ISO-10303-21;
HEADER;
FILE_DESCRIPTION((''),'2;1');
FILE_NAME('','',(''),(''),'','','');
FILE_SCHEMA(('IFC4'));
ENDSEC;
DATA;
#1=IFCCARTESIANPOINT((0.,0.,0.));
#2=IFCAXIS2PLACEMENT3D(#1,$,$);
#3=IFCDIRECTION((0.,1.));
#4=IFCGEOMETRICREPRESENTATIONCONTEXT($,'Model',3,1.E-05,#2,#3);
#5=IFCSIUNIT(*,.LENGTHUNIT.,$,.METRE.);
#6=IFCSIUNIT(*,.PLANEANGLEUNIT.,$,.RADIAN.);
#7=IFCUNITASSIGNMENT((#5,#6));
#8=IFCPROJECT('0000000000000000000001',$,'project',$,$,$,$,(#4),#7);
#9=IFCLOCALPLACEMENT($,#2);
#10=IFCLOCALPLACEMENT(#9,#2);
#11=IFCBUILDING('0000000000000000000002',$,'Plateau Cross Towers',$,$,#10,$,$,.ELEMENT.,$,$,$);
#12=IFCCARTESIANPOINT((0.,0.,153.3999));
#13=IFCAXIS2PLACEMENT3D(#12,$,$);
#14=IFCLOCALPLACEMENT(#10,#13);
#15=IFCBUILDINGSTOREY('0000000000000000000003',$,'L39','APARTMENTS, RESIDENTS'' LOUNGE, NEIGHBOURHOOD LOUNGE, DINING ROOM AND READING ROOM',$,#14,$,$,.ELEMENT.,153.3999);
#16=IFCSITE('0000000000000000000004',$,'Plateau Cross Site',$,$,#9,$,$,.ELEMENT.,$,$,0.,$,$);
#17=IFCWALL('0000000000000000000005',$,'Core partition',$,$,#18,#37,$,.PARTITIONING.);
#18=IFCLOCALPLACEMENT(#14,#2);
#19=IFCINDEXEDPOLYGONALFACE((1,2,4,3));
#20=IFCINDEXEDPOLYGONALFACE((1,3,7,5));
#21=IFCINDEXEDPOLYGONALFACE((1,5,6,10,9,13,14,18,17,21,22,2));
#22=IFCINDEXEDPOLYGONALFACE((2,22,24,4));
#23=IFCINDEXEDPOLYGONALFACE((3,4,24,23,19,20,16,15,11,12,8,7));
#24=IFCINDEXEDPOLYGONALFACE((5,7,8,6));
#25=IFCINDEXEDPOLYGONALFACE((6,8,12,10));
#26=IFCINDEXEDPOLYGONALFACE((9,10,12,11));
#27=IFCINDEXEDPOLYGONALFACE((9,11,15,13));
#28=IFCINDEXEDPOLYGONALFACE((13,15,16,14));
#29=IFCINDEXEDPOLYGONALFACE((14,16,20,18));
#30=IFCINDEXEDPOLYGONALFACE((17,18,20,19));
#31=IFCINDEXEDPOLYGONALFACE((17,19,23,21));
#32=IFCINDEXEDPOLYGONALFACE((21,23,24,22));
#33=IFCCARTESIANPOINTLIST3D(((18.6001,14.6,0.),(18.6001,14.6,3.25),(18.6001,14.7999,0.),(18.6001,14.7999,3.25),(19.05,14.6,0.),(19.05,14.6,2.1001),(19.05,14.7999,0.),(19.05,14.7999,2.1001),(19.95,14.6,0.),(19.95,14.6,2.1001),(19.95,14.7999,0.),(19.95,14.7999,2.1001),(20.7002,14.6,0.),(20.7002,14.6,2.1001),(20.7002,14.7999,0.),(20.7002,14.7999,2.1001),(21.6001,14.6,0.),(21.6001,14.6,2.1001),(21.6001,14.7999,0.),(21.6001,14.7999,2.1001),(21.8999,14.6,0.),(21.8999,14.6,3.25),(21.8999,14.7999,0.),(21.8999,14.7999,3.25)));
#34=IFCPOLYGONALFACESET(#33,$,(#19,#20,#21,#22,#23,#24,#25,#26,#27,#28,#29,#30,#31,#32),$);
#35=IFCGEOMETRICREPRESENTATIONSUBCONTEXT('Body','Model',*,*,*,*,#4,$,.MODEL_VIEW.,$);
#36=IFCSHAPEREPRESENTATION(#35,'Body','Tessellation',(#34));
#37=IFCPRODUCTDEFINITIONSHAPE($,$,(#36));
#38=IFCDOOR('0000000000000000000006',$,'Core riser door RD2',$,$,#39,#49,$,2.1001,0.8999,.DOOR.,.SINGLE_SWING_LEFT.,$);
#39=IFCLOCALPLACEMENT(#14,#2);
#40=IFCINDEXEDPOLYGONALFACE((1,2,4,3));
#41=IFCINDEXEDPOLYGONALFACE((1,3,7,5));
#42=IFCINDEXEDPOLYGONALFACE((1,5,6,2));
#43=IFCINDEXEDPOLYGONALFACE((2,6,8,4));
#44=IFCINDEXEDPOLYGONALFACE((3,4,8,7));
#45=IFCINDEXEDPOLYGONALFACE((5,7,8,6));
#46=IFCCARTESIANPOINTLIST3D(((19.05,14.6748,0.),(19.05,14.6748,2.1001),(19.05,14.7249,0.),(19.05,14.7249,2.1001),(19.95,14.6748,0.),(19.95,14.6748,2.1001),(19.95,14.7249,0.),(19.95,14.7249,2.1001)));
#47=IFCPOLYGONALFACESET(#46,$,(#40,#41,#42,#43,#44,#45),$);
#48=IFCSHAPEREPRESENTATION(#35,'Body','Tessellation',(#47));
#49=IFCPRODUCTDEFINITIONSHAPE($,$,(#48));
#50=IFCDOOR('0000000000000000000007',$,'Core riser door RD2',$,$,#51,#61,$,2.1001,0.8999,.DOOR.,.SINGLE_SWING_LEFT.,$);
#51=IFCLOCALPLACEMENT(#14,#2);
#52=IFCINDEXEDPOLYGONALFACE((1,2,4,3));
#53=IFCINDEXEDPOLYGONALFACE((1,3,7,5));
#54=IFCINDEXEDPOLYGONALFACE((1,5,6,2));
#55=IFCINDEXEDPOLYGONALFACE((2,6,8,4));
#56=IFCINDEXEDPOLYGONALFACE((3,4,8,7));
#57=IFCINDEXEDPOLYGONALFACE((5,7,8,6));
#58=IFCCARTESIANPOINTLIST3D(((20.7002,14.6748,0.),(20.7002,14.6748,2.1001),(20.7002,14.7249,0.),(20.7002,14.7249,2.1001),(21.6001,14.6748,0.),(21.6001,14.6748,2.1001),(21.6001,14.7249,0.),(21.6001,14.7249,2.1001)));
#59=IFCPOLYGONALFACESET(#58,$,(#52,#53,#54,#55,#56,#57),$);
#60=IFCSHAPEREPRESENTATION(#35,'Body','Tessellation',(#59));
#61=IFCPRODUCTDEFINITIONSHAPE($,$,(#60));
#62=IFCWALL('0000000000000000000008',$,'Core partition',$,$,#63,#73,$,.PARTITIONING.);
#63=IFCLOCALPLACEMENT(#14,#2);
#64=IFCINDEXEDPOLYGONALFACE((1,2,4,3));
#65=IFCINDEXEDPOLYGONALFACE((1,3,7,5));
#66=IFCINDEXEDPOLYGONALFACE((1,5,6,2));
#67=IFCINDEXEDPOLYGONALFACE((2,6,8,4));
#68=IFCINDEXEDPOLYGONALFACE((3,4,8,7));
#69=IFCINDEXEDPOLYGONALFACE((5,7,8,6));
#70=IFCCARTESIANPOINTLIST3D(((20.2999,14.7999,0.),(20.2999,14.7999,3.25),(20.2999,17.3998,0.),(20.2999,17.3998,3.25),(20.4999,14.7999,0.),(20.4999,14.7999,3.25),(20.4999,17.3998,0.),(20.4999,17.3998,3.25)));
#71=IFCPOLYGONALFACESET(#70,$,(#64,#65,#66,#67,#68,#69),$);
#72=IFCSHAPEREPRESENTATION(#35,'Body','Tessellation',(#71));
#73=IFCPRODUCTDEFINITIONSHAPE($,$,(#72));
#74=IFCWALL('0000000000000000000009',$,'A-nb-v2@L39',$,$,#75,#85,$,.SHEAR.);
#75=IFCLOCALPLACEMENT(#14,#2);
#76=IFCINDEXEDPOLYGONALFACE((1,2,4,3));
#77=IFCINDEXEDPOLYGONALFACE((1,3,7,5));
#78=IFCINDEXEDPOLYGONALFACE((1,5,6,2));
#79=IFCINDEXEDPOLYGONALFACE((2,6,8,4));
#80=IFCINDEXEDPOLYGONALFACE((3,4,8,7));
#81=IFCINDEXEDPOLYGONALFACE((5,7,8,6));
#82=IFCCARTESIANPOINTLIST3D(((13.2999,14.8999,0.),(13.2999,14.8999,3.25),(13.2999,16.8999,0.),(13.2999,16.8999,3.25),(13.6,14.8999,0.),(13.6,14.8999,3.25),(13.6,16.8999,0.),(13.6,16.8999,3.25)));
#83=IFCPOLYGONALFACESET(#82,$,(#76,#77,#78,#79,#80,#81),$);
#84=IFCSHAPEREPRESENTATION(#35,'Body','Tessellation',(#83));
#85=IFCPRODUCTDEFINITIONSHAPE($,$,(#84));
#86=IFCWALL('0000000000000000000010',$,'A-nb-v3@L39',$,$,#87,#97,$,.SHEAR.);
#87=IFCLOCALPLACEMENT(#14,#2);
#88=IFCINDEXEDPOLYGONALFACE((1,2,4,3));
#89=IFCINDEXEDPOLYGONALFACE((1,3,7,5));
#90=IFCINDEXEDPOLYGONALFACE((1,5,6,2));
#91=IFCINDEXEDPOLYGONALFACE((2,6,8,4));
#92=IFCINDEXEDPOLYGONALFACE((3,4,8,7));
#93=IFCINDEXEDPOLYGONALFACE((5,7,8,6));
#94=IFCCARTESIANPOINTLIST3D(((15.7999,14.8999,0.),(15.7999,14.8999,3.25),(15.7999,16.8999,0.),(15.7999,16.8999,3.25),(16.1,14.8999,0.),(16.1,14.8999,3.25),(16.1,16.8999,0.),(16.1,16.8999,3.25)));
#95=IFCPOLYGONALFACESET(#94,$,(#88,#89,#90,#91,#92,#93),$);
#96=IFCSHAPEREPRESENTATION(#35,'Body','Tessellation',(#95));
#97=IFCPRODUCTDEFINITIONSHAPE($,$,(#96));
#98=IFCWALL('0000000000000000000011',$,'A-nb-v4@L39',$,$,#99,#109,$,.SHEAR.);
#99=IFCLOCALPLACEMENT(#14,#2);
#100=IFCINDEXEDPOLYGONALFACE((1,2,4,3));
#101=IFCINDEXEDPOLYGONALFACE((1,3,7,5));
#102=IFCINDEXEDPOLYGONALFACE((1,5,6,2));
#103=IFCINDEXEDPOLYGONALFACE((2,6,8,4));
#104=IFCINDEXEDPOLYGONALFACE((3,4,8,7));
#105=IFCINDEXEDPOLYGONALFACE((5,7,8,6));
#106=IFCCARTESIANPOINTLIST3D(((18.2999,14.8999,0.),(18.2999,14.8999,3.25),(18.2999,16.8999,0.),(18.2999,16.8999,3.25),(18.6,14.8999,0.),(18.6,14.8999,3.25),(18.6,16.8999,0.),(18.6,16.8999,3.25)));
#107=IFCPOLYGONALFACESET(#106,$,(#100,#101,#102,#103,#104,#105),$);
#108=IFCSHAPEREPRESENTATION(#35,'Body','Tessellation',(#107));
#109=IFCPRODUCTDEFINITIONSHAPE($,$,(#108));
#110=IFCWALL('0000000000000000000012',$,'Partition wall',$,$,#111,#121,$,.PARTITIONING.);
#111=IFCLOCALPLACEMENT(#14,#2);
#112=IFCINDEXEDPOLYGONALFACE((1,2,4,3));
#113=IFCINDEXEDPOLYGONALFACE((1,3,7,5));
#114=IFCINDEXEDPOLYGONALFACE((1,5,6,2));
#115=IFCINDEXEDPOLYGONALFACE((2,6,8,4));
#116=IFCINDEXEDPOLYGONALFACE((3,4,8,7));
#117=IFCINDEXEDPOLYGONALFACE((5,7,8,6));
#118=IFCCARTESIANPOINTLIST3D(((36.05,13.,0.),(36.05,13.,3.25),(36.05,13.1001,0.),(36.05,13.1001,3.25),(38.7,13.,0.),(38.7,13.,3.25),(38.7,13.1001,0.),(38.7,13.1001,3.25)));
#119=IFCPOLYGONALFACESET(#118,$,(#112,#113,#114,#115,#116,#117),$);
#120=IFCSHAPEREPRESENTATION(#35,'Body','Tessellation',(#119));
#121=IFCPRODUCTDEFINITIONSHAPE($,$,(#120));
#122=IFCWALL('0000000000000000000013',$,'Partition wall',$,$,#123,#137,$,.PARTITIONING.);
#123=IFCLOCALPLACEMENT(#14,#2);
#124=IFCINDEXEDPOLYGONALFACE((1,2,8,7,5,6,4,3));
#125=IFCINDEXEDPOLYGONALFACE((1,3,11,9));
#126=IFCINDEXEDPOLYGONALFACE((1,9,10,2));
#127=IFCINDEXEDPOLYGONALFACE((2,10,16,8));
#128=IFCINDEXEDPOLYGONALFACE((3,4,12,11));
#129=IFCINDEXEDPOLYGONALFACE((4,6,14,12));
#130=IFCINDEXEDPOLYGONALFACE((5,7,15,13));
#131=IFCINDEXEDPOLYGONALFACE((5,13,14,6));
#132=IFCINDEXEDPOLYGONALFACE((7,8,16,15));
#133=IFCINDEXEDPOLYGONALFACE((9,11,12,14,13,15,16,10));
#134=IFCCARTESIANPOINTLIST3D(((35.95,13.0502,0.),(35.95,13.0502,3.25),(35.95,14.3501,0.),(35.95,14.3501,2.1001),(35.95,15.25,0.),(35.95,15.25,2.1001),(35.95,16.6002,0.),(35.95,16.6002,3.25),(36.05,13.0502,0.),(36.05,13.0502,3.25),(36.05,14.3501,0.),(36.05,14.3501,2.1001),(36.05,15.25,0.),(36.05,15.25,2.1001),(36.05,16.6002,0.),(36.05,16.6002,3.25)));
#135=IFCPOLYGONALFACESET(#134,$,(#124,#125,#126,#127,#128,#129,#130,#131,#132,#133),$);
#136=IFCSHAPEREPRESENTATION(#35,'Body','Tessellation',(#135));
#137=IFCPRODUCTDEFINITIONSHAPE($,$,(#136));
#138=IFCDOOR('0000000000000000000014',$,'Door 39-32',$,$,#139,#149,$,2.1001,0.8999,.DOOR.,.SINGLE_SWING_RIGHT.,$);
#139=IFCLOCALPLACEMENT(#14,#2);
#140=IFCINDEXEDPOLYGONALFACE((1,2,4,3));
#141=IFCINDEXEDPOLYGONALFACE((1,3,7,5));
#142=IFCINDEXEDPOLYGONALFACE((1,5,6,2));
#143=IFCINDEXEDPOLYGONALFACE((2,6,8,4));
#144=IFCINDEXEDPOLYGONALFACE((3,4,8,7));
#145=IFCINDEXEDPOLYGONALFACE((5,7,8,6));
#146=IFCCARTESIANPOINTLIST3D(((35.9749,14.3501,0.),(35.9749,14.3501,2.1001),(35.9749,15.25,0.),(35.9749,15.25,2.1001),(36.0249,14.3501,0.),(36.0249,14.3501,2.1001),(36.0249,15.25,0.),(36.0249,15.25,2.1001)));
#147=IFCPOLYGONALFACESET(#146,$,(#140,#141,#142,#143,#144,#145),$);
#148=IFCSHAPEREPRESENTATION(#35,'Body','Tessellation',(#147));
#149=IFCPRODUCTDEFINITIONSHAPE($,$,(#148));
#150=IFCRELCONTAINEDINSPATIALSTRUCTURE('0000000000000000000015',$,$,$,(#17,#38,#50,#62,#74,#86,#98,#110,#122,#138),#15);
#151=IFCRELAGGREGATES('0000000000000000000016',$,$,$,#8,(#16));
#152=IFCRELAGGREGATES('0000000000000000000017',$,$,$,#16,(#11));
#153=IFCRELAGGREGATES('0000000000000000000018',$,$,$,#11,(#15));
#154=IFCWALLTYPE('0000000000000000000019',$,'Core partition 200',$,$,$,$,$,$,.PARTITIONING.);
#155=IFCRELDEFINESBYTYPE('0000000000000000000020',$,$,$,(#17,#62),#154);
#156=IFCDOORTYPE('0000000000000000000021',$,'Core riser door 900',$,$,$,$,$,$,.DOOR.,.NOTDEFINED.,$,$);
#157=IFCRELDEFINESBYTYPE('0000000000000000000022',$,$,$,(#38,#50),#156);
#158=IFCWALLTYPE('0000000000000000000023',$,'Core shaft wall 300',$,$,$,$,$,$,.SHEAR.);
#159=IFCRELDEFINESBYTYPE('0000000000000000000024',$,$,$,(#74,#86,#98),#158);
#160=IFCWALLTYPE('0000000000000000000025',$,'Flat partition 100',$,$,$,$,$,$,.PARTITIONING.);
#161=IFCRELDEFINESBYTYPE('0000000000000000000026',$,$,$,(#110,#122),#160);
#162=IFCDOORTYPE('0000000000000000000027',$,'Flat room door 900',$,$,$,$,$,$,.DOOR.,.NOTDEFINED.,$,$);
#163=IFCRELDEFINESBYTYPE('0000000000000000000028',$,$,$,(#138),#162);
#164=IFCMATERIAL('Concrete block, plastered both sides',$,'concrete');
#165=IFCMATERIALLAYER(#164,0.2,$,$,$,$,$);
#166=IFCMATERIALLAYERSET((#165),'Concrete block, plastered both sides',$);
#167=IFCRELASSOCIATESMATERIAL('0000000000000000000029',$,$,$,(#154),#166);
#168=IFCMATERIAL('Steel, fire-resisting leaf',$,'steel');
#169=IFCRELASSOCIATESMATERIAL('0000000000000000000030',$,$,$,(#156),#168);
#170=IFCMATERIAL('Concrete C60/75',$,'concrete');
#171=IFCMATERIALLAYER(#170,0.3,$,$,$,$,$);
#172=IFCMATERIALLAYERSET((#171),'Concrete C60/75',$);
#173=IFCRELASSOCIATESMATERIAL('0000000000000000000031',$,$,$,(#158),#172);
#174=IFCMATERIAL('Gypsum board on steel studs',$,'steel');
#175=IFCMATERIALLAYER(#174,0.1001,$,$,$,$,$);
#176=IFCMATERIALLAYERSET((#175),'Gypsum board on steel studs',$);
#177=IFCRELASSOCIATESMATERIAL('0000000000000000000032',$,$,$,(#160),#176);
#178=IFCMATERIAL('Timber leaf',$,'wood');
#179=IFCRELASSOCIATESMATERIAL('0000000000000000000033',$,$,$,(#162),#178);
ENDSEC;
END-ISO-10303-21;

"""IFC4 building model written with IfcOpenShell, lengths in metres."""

from ifc_helpers import new_model, si_unit, direction, frame, frame_2d, origin, place, context, subcontext, project, spatial, rectangle, extrude, material, layer, layer_set, type_object, element, fill, save


model = new_model("IFC4")

# Units and contexts
model_context = context("Model", 3, precision=1e-05, world=origin(), true_north=direction((0.0, 1.0)))
body_context = subcontext(model_context, "Body", "Model", "MODEL_VIEW")
ifc_project = project(units=[si_unit("LENGTHUNIT", "METRE"), si_unit("PLANEANGLEUNIT", "RADIAN")], contexts=[model_context])

# Site, building, storey
site_placement = place(None, origin())
site = spatial("IfcSite", under=ifc_project, at=site_placement, Name="Plateau Cross Site", CompositionType="ELEMENT", RefElevation=0.0)
building_placement = place(site_placement, origin())
building = spatial("IfcBuilding", under=site, at=building_placement, Name="Plateau Cross Towers", CompositionType="ELEMENT")
storey_placement = place(building_placement, frame((0.0, 0.0, 153.3999)))
storey = spatial("IfcBuildingStorey", under=building, at=storey_placement, Name="L39", Description="APARTMENTS, RESIDENTS' LOUNGE, NEIGHBOURHOOD LOUNGE, DINING ROOM AND READING ROOM", CompositionType="ELEMENT", Elevation=153.3999)

# Shared definitions
ifc_material_1 = material(Name="Concrete C60/75", Category="concrete")

# Wall, openings, doors
ifc_material_2 = material(Name="Concrete block, plastered both sides", Category="concrete")
ifc_layer_1 = layer(ifc_material_2, 0.2)
ifc_layer_set_1 = layer_set([ifc_layer_1], Name="Concrete block, plastered both sides")
wall_type_1 = type_object("IfcWallType", Name="Core partition 200", PredefinedType="PARTITIONING", material=ifc_layer_set_1)
wall_1_placement = place(storey_placement, frame((18.6001, 14.7, 0.0), z_axis=(0.0, 0.0, 1.0), x_axis=(1.0, 0.0, 0.0)))
wall_1 = element("IfcWall", 1, at=wall_1_placement, inside=storey, type_object=wall_type_1, Name="Core partition", PredefinedType="PARTITIONING", context=body_context, shape_type="SweptSolid", body=[
    extrude(rectangle(XDim=3.2998, YDim=0.2, at=frame_2d((1.6499, 0.0))), origin(), (0.0, 0.0, 1.0), 3.25),
])
opening_1_placement = place(wall_1_placement, frame((0.45, 0.0, 0.0)))
opening_1 = element("IfcOpeningElement", 2, at=opening_1_placement, cuts=wall_1, PredefinedType="OPENING", context=body_context, shape_type="SweptSolid", body=[
    extrude(rectangle(XDim=0.8999, YDim=2.1001, at=frame_2d((0.45, 1.05))), frame((0.0, 0.1099, 0.0), z_axis=(0.0, -1.0, 0.0), x_axis=(1.0, 0.0, 0.0)), (0.0, 0.0, 1.0), 0.22),
])
opening_2_placement = place(wall_1_placement, frame((2.1001, 0.0, 0.0)))
opening_2 = element("IfcOpeningElement", 3, at=opening_2_placement, cuts=wall_1, PredefinedType="OPENING", context=body_context, shape_type="SweptSolid", body=[
    extrude(rectangle(XDim=0.8999, YDim=2.1001, at=frame_2d((0.45, 1.05))), frame((0.0, 0.1099, 0.0), z_axis=(0.0, -1.0, 0.0), x_axis=(1.0, 0.0, 0.0)), (0.0, 0.0, 1.0), 0.22),
])
ifc_material_3 = material(Name="Steel, fire-resisting leaf", Category="steel")
door_type_1 = type_object("IfcDoorType", Name="Core riser door 900", OperationType="NOTDEFINED", PredefinedType="DOOR", material=ifc_material_3)
door_1_placement = place(opening_1_placement, origin())
door_1 = element("IfcDoor", 4, at=door_1_placement, inside=storey, type_object=door_type_1, Name="Core riser door RD2", OperationType="SINGLE_SWING_LEFT", OverallHeight=2.1001, OverallWidth=0.8999, PredefinedType="DOOR", context=body_context, shape_type="SweptSolid", body=[
    extrude(rectangle(XDim=0.8999, YDim=2.1001, at=frame_2d((0.45, 1.05))), frame((0.0, 0.0249, 0.0), z_axis=(0.0, -1.0, 0.0), x_axis=(1.0, 0.0, 0.0)), (0.0, 0.0, 1.0), 0.05),
])
fill(opening_1, door_1)
door_2_placement = place(opening_2_placement, origin())
door_2 = element("IfcDoor", 5, at=door_2_placement, inside=storey, type_object=door_type_1, Name="Core riser door RD2", OperationType="SINGLE_SWING_LEFT", OverallHeight=2.1001, OverallWidth=0.8999, PredefinedType="DOOR", context=body_context, shape_type="SweptSolid", body=[
    extrude(rectangle(XDim=0.8999, YDim=2.1001, at=frame_2d((0.45, 1.05))), frame((0.0, 0.0249, 0.0), z_axis=(0.0, -1.0, 0.0), x_axis=(1.0, 0.0, 0.0)), (0.0, 0.0, 1.0), 0.05),
])
fill(opening_2, door_2)

# Walls
wall_2_placement = place(storey_placement, frame((20.3999, 14.8, 0.0), z_axis=(0.0, 0.0, 1.0), x_axis=(0.0, 1.0, 0.0)))
element("IfcWall", 6, at=wall_2_placement, inside=storey, type_object=wall_type_1, Name="Core partition", PredefinedType="PARTITIONING", context=body_context, shape_type="SweptSolid", body=[
    extrude(rectangle(XDim=2.5999, YDim=0.2, at=frame_2d((1.2998, 0.0))), origin(), (0.0, 0.0, 1.0), 3.25),
])
ifc_layer_2 = layer(ifc_material_1, 0.3)
ifc_layer_set_2 = layer_set([ifc_layer_2], Name="Concrete C60/75")
wall_type_2 = type_object("IfcWallType", Name="Core shaft wall 300", PredefinedType="SHEAR", material=ifc_layer_set_2)
for number, where, z_axis, x_axis, name in (
    (7, (13.45, 14.8999, 0.0), (0.0, 0.0, 1.0), (0.0, 1.0, 0.0), "A-nb-v2@L39"),
    (8, (15.95, 14.8999, 0.0), (0.0, 0.0, 1.0), (0.0, 1.0, 0.0), "A-nb-v3@L39"),
    (9, (18.45, 14.8999, 0.0), (0.0, 0.0, 1.0), (0.0, 1.0, 0.0), "A-nb-v4@L39"),
):
    element("IfcWall", number, at=place(storey_placement, frame(where, z_axis=z_axis, x_axis=x_axis)), inside=storey, type_object=wall_type_2, Name=name, PredefinedType="SHEAR", context=body_context, shape_type="SweptSolid", body=[
        extrude(rectangle(XDim=2.0, YDim=0.3, at=frame_2d((1.0, 0.0))), origin(), (0.0, 0.0, 1.0), 3.25),
    ])
ifc_material_4 = material(Name="Gypsum board on steel studs", Category="steel")
ifc_layer_3 = layer(ifc_material_4, 0.1001)
ifc_layer_set_3 = layer_set([ifc_layer_3], Name="Gypsum board on steel studs")
wall_type_3 = type_object("IfcWallType", Name="Flat partition 100", PredefinedType="PARTITIONING", material=ifc_layer_set_3)
wall_3_placement = place(storey_placement, frame((36.05, 13.05, 0.0), z_axis=(0.0, 0.0, 1.0), x_axis=(1.0, 0.0, 0.0)))
element("IfcWall", 10, at=wall_3_placement, inside=storey, type_object=wall_type_3, Name="Partition wall", PredefinedType="PARTITIONING", context=body_context, shape_type="SweptSolid", body=[
    extrude(rectangle(XDim=2.6499, YDim=0.1001, at=frame_2d((1.325, 0.0))), origin(), (0.0, 0.0, 1.0), 3.25),
])

# Wall, opening, door
wall_4_placement = place(storey_placement, frame((36.0, 16.6001, 0.0), z_axis=(0.0, 0.0, 1.0), x_axis=(0.0, -1.0, 0.0)))
wall_4 = element("IfcWall", 11, at=wall_4_placement, inside=storey, type_object=wall_type_3, Name="Partition wall", PredefinedType="PARTITIONING", context=body_context, shape_type="SweptSolid", body=[
    extrude(rectangle(XDim=3.55, YDim=0.1001, at=frame_2d((1.7749, 0.0))), origin(), (0.0, 0.0, 1.0), 3.25),
])
opening_3_placement = place(wall_4_placement, frame((1.3501, 0.0, 0.0)))
opening_3 = element("IfcOpeningElement", 12, at=opening_3_placement, cuts=wall_4, PredefinedType="OPENING", context=body_context, shape_type="SweptSolid", body=[
    extrude(rectangle(XDim=0.8999, YDim=2.1001, at=frame_2d((0.45, 1.05))), frame((0.0, 0.0601, 0.0), z_axis=(0.0, -1.0, 0.0), x_axis=(1.0, 0.0, 0.0)), (0.0, 0.0, 1.0), 0.1201),
])
ifc_material_5 = material(Name="Timber leaf", Category="wood")
door_type_2 = type_object("IfcDoorType", Name="Flat room door 900", OperationType="NOTDEFINED", PredefinedType="DOOR", material=ifc_material_5)
door_3_placement = place(opening_3_placement, origin())
door_3 = element("IfcDoor", 13, at=door_3_placement, inside=storey, type_object=door_type_2, Name="Door 39-32", OperationType="SINGLE_SWING_RIGHT", OverallHeight=2.1001, OverallWidth=0.8999, PredefinedType="DOOR", context=body_context, shape_type="SweptSolid", body=[
    extrude(rectangle(XDim=0.8999, YDim=2.1001, at=frame_2d((0.45, 1.05))), frame((0.0, 0.0249, 0.0), z_axis=(0.0, -1.0, 0.0), x_axis=(1.0, 0.0, 0.0)), (0.0, 0.0, 1.0), 0.05),
])
fill(opening_3, door_3)

save(model, "model.ifc")
